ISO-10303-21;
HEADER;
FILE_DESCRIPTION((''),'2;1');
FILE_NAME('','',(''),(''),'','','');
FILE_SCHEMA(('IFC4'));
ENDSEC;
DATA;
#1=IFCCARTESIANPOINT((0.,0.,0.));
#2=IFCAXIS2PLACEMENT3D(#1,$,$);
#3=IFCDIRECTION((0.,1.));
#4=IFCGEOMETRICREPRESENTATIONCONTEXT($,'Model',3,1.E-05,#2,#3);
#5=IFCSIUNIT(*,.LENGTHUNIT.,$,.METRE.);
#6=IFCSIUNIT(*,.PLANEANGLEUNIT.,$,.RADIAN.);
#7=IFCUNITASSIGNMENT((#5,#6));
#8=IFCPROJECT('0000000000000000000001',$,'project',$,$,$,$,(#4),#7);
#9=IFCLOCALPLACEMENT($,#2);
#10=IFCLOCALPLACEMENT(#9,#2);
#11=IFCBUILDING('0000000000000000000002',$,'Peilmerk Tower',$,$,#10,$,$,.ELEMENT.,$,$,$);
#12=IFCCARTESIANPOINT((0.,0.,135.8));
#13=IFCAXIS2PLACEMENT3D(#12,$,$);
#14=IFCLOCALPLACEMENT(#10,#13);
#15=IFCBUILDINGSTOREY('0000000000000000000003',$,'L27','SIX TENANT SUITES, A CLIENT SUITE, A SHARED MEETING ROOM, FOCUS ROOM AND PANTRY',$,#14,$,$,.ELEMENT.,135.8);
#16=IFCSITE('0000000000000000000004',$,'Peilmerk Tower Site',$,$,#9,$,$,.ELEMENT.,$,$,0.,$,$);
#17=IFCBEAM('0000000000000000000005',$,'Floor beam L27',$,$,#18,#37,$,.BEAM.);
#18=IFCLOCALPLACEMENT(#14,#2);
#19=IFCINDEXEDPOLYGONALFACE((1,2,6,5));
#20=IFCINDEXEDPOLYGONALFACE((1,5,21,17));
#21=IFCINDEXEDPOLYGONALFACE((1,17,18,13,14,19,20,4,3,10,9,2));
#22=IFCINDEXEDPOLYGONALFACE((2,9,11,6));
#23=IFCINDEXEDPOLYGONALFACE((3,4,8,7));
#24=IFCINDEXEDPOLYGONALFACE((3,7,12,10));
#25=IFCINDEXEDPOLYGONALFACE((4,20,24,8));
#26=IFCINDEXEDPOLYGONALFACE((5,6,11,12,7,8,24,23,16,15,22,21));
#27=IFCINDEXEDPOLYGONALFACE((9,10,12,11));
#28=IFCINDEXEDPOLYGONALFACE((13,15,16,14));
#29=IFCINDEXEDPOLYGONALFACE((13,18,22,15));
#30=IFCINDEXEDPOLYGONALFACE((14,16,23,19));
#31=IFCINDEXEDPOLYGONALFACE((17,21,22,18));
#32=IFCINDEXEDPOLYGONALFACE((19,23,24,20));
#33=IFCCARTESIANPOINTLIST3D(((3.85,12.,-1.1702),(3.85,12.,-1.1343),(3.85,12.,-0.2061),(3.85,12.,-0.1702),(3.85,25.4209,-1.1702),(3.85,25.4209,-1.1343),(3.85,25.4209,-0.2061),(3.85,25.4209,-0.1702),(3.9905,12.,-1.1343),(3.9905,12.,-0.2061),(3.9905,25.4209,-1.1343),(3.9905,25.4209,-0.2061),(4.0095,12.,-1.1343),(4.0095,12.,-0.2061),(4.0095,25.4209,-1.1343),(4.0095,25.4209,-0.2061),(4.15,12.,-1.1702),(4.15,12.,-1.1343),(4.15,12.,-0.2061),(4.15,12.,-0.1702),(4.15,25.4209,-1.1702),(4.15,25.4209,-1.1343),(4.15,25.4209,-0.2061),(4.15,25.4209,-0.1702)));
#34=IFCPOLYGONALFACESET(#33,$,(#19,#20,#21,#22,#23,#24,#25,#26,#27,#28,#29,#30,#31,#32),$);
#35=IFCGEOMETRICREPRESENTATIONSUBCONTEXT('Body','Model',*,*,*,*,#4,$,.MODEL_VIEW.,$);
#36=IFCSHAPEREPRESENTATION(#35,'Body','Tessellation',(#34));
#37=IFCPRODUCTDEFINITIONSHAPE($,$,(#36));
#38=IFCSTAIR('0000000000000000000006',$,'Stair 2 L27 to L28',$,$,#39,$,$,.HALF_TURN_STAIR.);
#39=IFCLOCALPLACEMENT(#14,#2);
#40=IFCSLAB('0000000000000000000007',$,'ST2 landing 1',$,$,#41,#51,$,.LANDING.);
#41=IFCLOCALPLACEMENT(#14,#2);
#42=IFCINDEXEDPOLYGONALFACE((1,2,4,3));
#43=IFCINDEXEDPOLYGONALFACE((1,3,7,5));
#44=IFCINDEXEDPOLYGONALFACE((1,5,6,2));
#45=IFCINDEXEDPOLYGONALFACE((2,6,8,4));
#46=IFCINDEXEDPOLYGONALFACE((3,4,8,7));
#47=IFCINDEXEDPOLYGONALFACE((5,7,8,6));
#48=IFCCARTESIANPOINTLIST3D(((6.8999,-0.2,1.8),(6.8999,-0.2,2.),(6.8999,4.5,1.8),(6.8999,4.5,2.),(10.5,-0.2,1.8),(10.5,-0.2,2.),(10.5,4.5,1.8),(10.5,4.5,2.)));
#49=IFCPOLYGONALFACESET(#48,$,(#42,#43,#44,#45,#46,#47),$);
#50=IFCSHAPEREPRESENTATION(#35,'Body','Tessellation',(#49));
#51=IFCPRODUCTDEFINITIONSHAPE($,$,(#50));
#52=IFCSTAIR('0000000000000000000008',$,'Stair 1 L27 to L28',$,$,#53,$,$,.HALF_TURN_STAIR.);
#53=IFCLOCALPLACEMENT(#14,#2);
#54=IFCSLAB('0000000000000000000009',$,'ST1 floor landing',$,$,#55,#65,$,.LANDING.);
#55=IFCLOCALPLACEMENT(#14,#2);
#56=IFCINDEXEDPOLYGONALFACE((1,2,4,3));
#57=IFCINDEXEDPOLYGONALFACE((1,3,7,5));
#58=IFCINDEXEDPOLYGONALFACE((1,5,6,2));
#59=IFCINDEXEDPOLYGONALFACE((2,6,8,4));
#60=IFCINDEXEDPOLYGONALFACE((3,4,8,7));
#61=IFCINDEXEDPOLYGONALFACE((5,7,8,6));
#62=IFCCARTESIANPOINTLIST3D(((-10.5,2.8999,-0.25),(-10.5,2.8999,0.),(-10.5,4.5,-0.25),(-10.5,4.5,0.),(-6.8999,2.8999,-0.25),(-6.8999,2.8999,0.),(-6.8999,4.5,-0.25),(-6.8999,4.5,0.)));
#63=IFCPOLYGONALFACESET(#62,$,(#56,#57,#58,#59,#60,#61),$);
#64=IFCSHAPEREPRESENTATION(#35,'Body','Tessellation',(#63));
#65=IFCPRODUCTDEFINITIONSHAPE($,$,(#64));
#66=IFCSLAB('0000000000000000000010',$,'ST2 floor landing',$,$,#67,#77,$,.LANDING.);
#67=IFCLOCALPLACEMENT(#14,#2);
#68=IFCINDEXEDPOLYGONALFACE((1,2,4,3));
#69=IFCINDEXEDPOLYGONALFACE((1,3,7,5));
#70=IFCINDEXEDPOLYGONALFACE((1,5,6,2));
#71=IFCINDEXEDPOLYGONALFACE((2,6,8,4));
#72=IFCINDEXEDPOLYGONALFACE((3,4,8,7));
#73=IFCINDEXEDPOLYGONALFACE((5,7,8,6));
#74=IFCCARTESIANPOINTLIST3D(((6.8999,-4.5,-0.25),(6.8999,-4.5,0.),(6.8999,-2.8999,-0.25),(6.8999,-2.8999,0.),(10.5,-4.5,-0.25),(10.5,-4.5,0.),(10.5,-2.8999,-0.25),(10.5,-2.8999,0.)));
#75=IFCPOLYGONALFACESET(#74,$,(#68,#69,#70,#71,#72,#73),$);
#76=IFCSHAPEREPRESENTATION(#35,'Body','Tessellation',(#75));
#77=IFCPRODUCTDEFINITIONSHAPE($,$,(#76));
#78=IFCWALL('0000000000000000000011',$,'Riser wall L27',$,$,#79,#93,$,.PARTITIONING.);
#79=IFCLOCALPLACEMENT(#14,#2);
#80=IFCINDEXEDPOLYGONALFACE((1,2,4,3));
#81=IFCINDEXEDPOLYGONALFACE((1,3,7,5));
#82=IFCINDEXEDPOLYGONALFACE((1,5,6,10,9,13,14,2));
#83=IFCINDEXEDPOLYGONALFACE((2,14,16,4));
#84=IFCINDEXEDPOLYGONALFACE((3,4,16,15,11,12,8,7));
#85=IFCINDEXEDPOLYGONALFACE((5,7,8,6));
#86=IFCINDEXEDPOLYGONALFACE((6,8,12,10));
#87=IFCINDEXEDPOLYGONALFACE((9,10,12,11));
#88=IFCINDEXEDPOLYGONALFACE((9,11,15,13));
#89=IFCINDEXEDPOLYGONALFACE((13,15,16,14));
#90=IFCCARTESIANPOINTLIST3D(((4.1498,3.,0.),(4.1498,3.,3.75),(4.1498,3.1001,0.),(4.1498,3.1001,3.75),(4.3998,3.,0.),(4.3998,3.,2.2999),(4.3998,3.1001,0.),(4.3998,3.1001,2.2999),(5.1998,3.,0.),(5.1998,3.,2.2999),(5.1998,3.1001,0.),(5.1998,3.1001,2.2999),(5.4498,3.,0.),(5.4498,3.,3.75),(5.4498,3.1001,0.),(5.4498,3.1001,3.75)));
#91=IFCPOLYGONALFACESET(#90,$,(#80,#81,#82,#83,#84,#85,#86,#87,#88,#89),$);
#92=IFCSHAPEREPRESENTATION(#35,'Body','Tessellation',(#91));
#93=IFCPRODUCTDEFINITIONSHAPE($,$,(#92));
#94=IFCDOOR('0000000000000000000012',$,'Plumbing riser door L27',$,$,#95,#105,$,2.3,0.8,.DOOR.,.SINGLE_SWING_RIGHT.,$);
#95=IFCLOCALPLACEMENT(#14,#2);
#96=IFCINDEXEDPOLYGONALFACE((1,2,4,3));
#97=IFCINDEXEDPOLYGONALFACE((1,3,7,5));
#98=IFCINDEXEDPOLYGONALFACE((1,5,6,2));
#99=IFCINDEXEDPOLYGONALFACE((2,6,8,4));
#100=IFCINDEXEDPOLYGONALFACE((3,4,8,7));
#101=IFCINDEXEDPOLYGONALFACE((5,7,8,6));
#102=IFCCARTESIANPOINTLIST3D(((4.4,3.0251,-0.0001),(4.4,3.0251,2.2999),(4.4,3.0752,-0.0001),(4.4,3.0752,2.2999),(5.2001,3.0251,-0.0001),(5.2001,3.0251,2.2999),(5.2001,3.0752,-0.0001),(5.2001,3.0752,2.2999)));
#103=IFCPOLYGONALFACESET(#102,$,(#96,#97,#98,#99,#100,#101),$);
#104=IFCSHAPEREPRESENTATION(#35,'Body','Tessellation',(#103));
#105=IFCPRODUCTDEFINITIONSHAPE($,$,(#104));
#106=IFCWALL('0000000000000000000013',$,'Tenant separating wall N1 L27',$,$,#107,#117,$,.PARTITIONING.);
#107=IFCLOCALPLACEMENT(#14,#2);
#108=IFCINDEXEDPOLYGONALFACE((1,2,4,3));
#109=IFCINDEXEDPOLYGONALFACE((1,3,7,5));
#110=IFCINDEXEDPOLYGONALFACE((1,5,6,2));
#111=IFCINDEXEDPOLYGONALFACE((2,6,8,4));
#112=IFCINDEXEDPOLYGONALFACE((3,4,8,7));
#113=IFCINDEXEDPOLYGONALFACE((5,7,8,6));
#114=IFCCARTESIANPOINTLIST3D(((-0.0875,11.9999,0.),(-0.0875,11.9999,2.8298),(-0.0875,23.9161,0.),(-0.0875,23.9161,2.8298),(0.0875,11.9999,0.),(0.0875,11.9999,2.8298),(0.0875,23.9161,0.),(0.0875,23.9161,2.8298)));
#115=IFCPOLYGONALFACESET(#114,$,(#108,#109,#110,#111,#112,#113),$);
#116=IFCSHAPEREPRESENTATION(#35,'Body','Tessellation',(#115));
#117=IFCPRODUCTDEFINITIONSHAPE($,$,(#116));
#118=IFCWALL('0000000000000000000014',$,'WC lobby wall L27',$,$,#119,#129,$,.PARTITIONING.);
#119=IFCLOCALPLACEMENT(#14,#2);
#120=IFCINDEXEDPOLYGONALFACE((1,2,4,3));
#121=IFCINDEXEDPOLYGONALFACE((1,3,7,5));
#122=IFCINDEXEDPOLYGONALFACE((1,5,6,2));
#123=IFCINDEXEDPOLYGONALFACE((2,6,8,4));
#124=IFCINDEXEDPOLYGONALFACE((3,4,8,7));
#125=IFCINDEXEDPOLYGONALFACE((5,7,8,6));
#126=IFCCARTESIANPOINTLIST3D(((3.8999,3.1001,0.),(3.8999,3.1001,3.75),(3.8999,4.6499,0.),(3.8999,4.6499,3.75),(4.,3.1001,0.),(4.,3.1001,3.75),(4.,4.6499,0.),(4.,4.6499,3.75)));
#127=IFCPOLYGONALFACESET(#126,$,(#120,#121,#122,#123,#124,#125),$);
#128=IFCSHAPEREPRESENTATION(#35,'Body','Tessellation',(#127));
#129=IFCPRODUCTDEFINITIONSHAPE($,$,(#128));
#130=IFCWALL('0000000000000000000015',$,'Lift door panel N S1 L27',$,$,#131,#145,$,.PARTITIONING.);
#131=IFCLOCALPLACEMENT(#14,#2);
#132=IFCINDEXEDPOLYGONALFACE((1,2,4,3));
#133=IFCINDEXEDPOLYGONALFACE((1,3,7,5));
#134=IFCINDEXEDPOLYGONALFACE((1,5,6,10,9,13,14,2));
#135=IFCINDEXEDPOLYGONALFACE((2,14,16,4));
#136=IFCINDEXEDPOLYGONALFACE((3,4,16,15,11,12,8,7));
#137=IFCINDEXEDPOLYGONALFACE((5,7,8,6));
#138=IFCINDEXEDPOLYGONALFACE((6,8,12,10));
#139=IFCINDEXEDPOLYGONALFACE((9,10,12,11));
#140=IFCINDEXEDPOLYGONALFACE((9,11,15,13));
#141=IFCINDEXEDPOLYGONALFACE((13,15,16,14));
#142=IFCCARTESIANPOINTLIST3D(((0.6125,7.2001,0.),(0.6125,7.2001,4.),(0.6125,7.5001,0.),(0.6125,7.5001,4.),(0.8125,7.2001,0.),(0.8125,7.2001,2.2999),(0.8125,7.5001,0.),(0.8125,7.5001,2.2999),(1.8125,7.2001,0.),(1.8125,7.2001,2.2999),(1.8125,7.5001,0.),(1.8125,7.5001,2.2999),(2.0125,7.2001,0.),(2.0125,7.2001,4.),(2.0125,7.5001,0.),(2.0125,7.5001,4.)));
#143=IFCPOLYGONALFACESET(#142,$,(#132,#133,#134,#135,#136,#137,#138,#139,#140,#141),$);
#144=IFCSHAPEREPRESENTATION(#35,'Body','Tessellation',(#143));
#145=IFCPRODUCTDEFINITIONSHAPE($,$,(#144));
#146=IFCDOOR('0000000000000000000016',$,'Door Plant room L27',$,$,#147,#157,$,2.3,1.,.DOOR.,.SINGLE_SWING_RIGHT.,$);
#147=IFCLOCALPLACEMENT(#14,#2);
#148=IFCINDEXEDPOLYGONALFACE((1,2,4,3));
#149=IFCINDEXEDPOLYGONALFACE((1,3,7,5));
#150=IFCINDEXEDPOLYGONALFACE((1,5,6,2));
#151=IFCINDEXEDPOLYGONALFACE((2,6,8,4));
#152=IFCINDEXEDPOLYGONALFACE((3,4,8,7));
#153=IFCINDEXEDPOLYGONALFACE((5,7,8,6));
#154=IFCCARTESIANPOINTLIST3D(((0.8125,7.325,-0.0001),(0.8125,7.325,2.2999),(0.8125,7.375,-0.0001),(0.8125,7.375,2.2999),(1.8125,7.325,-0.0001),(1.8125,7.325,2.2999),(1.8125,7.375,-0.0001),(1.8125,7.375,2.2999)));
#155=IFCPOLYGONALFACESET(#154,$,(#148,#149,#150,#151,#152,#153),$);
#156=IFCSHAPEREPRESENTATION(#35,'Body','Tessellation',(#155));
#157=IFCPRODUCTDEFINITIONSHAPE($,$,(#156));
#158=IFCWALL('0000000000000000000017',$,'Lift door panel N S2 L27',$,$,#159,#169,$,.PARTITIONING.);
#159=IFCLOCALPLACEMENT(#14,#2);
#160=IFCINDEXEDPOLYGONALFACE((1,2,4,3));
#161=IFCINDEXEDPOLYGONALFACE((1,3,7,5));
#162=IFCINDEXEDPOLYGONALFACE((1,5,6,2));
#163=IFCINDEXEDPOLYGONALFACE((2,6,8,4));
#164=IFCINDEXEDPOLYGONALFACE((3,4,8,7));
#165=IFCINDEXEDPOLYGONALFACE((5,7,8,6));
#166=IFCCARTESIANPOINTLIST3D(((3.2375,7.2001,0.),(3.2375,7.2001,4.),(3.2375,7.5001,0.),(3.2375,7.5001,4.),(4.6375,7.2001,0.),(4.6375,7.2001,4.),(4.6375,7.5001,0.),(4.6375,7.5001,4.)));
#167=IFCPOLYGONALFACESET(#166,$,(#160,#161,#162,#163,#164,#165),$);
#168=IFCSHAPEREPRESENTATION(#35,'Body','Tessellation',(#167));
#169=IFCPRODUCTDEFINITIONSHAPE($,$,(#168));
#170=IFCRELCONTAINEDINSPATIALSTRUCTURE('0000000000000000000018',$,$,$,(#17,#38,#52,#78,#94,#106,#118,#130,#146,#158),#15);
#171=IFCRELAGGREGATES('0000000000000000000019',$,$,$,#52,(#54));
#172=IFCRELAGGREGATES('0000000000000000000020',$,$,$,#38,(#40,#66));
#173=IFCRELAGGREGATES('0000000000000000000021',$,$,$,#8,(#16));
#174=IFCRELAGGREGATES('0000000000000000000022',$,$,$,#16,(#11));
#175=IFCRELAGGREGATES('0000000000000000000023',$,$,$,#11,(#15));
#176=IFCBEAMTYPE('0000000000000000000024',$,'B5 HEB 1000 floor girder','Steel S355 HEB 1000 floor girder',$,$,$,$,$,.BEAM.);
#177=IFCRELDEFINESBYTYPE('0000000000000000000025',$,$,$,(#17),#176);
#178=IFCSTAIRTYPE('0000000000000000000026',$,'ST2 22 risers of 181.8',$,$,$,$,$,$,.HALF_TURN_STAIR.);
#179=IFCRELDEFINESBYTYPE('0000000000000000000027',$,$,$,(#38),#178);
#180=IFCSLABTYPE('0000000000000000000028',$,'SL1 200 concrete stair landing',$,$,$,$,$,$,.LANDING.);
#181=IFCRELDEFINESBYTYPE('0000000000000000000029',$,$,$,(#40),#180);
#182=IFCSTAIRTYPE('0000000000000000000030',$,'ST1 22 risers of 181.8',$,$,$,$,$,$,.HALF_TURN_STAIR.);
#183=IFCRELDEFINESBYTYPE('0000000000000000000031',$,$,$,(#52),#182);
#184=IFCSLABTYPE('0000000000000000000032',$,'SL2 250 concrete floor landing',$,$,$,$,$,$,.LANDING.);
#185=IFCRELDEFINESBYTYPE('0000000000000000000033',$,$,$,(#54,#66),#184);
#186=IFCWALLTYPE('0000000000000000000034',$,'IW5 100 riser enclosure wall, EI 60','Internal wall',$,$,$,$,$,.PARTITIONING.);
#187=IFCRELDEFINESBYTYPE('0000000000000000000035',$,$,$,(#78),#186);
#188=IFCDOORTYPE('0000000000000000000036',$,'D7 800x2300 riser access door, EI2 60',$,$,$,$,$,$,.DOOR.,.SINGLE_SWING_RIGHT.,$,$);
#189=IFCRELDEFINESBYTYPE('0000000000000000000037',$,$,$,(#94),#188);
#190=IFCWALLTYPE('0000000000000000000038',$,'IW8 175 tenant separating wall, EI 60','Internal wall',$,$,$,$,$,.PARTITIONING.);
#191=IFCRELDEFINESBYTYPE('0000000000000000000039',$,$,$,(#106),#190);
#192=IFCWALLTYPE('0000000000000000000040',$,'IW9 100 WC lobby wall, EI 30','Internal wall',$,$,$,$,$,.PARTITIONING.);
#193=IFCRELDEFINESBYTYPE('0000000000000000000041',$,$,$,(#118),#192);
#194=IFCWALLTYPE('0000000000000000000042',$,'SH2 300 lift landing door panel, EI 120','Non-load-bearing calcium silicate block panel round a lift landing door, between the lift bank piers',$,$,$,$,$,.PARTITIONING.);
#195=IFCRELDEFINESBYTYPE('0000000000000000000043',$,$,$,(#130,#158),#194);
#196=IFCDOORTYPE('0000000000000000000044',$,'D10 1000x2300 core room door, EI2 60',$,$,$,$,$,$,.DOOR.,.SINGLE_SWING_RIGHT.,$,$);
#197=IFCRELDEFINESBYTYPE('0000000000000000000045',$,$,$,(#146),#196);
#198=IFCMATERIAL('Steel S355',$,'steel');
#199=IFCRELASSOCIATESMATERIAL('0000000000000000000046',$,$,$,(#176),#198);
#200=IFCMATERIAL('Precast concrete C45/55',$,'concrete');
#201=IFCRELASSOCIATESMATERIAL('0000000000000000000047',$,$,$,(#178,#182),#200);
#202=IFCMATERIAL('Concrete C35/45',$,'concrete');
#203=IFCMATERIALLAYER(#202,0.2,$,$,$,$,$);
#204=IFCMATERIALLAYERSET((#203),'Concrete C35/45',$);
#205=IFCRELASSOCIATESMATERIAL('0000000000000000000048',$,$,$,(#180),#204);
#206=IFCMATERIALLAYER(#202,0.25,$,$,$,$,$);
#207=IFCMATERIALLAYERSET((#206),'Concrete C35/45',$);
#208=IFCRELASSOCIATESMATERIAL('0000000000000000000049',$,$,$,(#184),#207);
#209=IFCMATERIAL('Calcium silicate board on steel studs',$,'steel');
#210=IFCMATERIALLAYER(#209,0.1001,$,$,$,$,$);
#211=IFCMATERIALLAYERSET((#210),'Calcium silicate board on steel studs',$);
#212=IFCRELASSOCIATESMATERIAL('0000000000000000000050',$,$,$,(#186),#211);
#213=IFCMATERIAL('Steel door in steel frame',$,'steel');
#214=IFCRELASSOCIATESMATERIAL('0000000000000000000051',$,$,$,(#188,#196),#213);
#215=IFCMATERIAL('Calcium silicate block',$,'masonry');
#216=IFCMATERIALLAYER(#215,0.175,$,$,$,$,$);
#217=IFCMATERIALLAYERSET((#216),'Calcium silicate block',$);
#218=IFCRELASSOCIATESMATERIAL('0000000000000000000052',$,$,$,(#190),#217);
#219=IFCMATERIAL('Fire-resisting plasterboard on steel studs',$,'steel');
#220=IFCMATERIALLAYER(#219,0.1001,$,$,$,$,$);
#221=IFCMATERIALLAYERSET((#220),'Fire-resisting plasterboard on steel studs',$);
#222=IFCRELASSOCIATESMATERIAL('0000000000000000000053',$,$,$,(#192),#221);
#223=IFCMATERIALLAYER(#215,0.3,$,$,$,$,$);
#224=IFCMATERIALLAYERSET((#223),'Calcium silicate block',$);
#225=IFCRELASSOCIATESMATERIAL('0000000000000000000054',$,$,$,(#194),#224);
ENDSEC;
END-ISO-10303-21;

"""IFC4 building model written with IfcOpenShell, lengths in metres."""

from ifc_helpers import new_model, si_unit, direction, frame, frame_2d, origin, origin_2d, place, context, subcontext, project, spatial, polyline, rectangle, i_section, outline, extrude, material, layer, layer_set, material_profile, profile_set, type_object, element, fill, aggregate, save


model = new_model("IFC4")

# Units and contexts
model_context = context("Model", 3, precision=1e-05, world=origin(), true_north=direction((0.0, 1.0)))
body_context = subcontext(model_context, "Body", "Model", "MODEL_VIEW")
ifc_project = project(units=[si_unit("LENGTHUNIT", "METRE"), si_unit("PLANEANGLEUNIT", "RADIAN")], contexts=[model_context])

# Site, building, storey
site_placement = place(None, origin())
site = spatial("IfcSite", under=ifc_project, at=site_placement, Name="Peilmerk Tower Site", CompositionType="ELEMENT", RefElevation=0.0)
building_placement = place(site_placement, origin())
building = spatial("IfcBuilding", under=site, at=building_placement, Name="Peilmerk Tower", CompositionType="ELEMENT")
storey_placement = place(building_placement, frame((0.0, 0.0, 135.8)))
storey = spatial("IfcBuildingStorey", under=building, at=storey_placement, Name="L27", Description="SIX TENANT SUITES, A CLIENT SUITE, A SHARED MEETING ROOM, FOCUS ROOM AND PANTRY", CompositionType="ELEMENT", Elevation=135.8)

# Beam
ifc_material_1 = material(Name="Steel S355", Category="steel")
ifc_material_profile = material_profile(ifc_material_1, i_section(OverallWidth=0.3, OverallDepth=1.0, WebThickness=0.019, FlangeThickness=0.0359, at=origin_2d()), Name="HEB 1000")
ifc_profile_set = profile_set([ifc_material_profile], Name="Steel S355")
beam_type = type_object("IfcBeamType", Name="B5 HEB 1000 floor girder", Description="Steel S355 HEB 1000 floor girder", PredefinedType="BEAM", material=ifc_profile_set)
beam_placement = place(storey_placement, frame((4.0, 12.0, -0.6702), z_axis=(0.0, 1.0, 0.0), x_axis=(-1.0, 0.0, 0.0)))
element("IfcBeam", 1, at=beam_placement, inside=storey, type_object=beam_type, Name="Floor beam L27", PredefinedType="BEAM", context=body_context, shape_type="SweptSolid", body=[
    extrude(i_section(OverallWidth=0.3, OverallDepth=1.0, WebThickness=0.019, FlangeThickness=0.0359, at=origin_2d()), origin(), (0.0, 0.0, 1.0), 13.4209),
])

# Stairs, slabs
ifc_material_2 = material(Name="Precast concrete C45/55", Category="concrete")
stair_type_1 = type_object("IfcStairType", Name="ST2 22 risers of 181.8", PredefinedType="HALF_TURN_STAIR", material=ifc_material_2)
stair_1_placement = place(storey_placement, origin())
stair_1 = element("IfcStair", 2, at=stair_1_placement, inside=storey, type_object=stair_type_1, Name="Stair 2 L27 to L28", PredefinedType="HALF_TURN_STAIR")
ifc_material_3 = material(Name="Concrete C35/45", Category="concrete")
ifc_layer_1 = layer(ifc_material_3, 0.2)
ifc_layer_set_1 = layer_set([ifc_layer_1], Name="Concrete C35/45")
slab_type_1 = type_object("IfcSlabType", Name="SL1 200 concrete stair landing", PredefinedType="LANDING", material=ifc_layer_set_1)
slab_1_placement = place(storey_placement, frame((0.0, 0.0, 1.8)))
slab_1 = element("IfcSlab", 3, at=slab_1_placement, type_object=slab_type_1, Name="ST2 landing 1", PredefinedType="LANDING", context=body_context, shape_type="SweptSolid", body=[
    extrude(outline(polyline([(6.8999, -0.2), (10.5, -0.2), (10.5, 4.5), (6.8999, 4.5), (6.8999, -0.2)])), origin(), (0.0, 0.0, 1.0), 0.2),
])
stair_type_2 = type_object("IfcStairType", Name="ST1 22 risers of 181.8", PredefinedType="HALF_TURN_STAIR", material=ifc_material_2)
stair_2_placement = place(storey_placement, origin())
stair_2 = element("IfcStair", 4, at=stair_2_placement, inside=storey, type_object=stair_type_2, Name="Stair 1 L27 to L28", PredefinedType="HALF_TURN_STAIR")
ifc_layer_2 = layer(ifc_material_3, 0.25)
ifc_layer_set_2 = layer_set([ifc_layer_2], Name="Concrete C35/45")
slab_type_2 = type_object("IfcSlabType", Name="SL2 250 concrete floor landing", PredefinedType="LANDING", material=ifc_layer_set_2)
slab_2_placement = place(storey_placement, frame((0.0, 0.0, -0.25)))
slab_2 = element("IfcSlab", 5, at=slab_2_placement, type_object=slab_type_2, Name="ST1 floor landing", PredefinedType="LANDING", context=body_context, shape_type="SweptSolid", body=[
    extrude(outline(polyline([(-10.5, 2.8999), (-6.8999, 2.8999), (-6.8999, 4.5), (-10.5, 4.5), (-10.5, 2.8999)])), origin(), (0.0, 0.0, 1.0), 0.25),
])
aggregate(stair_2, [slab_2])

# Slab
slab_3_placement = place(storey_placement, frame((0.0, 0.0, -0.25)))
slab_3 = element("IfcSlab", 6, at=slab_3_placement, type_object=slab_type_2, Name="ST2 floor landing", PredefinedType="LANDING", context=body_context, shape_type="SweptSolid", body=[
    extrude(outline(polyline([(6.8999, -4.5), (10.5, -4.5), (10.5, -2.8999), (6.8999, -2.8999), (6.8999, -4.5)])), origin(), (0.0, 0.0, 1.0), 0.25),
])
aggregate(stair_1, [slab_1, slab_3])

# Wall, opening, door
ifc_material_4 = material(Name="Calcium silicate board on steel studs", Category="steel")
ifc_layer_3 = layer(ifc_material_4, 0.1001)
ifc_layer_set_3 = layer_set([ifc_layer_3], Name="Calcium silicate board on steel studs")
wall_type_1 = type_object("IfcWallType", Name="IW5 100 riser enclosure wall, EI 60", Description="Internal wall", PredefinedType="PARTITIONING", material=ifc_layer_set_3)
wall_1_placement = place(storey_placement, frame((4.1499, 3.05, 0.0), z_axis=(0.0, 0.0, 1.0), x_axis=(1.0, 0.0, 0.0)))
wall_1 = element("IfcWall", 7, at=wall_1_placement, inside=storey, type_object=wall_type_1, Name="Riser wall L27", PredefinedType="PARTITIONING", context=body_context, shape_type="SweptSolid", body=[
    extrude(rectangle(XDim=1.3, YDim=0.1001, at=frame_2d((0.6499, 0.0))), origin(), (0.0, 0.0, 1.0), 3.75),
])
opening_1_placement = place(wall_1_placement, frame((0.25, 0.0, 0.0)))
opening_1 = element("IfcOpeningElement", 8, at=opening_1_placement, cuts=wall_1, PredefinedType="OPENING", context=body_context, shape_type="SweptSolid", body=[
    extrude(rectangle(XDim=0.8, YDim=2.3, at=frame_2d((0.3999, 1.1499))), frame((0.0, 0.0601, 0.0), z_axis=(0.0, -1.0, 0.0), x_axis=(1.0, 0.0, 0.0)), (0.0, 0.0, 1.0), 0.1201),
])
ifc_material_5 = material(Name="Steel door in steel frame", Category="steel")
door_type_1 = type_object("IfcDoorType", Name="D7 800x2300 riser access door, EI2 60", OperationType="SINGLE_SWING_RIGHT", PredefinedType="DOOR", material=ifc_material_5)
door_1_placement = place(opening_1_placement, frame((0.8, 0.0, 0.0), z_axis=(0.0, 0.0, 1.0), x_axis=(-1.0, 0.0, 0.0)))
door_1 = element("IfcDoor", 9, at=door_1_placement, inside=storey, type_object=door_type_1, Name="Plumbing riser door L27", OperationType="SINGLE_SWING_RIGHT", OverallHeight=2.3, OverallWidth=0.8, PredefinedType="DOOR", context=body_context, shape_type="SweptSolid", body=[
    extrude(rectangle(XDim=0.8, YDim=2.3, at=frame_2d((0.3999, 1.1499))), frame((0.0, 0.0249, 0.0), z_axis=(0.0, -1.0, 0.0), x_axis=(1.0, 0.0, 0.0)), (0.0, 0.0, 1.0), 0.05),
])
fill(opening_1, door_1)

# Walls
ifc_material_6 = material(Name="Calcium silicate block", Category="masonry")
ifc_layer_4 = layer(ifc_material_6, 0.175)
ifc_layer_set_4 = layer_set([ifc_layer_4], Name="Calcium silicate block")
wall_type_2 = type_object("IfcWallType", Name="IW8 175 tenant separating wall, EI 60", Description="Internal wall", PredefinedType="PARTITIONING", material=ifc_layer_set_4)
wall_2_placement = place(storey_placement, frame((0.0, 12.0, 0.0), z_axis=(0.0, 0.0, 1.0), x_axis=(0.0, 1.0, 0.0)))
element("IfcWall", 10, at=wall_2_placement, inside=storey, type_object=wall_type_2, Name="Tenant separating wall N1 L27", PredefinedType="PARTITIONING", context=body_context, shape_type="SweptSolid", body=[
    extrude(rectangle(XDim=11.9163, YDim=0.175, at=frame_2d((5.958, 0.0))), origin(), (0.0, 0.0, 1.0), 2.8298),
])
ifc_material_7 = material(Name="Fire-resisting plasterboard on steel studs", Category="steel")
ifc_layer_5 = layer(ifc_material_7, 0.1001)
ifc_layer_set_5 = layer_set([ifc_layer_5], Name="Fire-resisting plasterboard on steel studs")
wall_type_3 = type_object("IfcWallType", Name="IW9 100 WC lobby wall, EI 30", Description="Internal wall", PredefinedType="PARTITIONING", material=ifc_layer_set_5)
wall_3_placement = place(storey_placement, frame((3.95, 3.1001, 0.0), z_axis=(0.0, 0.0, 1.0), x_axis=(0.0, 1.0, 0.0)))
element("IfcWall", 11, at=wall_3_placement, inside=storey, type_object=wall_type_3, Name="WC lobby wall L27", PredefinedType="PARTITIONING", context=body_context, shape_type="SweptSolid", body=[
    extrude(rectangle(XDim=1.5498, YDim=0.1001, at=frame_2d((0.7749, 0.0))), origin(), (0.0, 0.0, 1.0), 3.75),
])

# Wall, opening, door
ifc_layer_6 = layer(ifc_material_6, 0.3)
ifc_layer_set_6 = layer_set([ifc_layer_6], Name="Calcium silicate block")
wall_type_4 = type_object("IfcWallType", Name="SH2 300 lift landing door panel, EI 120", Description="Non-load-bearing calcium silicate block panel round a lift landing door, between the lift bank piers", PredefinedType="PARTITIONING", material=ifc_layer_set_6)
wall_4_placement = place(storey_placement, frame((0.6125, 7.3501, 0.0), z_axis=(0.0, 0.0, 1.0), x_axis=(1.0, 0.0, 0.0)))
wall_4 = element("IfcWall", 12, at=wall_4_placement, inside=storey, type_object=wall_type_4, Name="Lift door panel N S1 L27", PredefinedType="PARTITIONING", context=body_context, shape_type="SweptSolid", body=[
    extrude(rectangle(XDim=1.3999, YDim=0.3, at=frame_2d((0.7, 0.0))), origin(), (0.0, 0.0, 1.0), 4.0),
])
opening_2_placement = place(wall_4_placement, frame((0.2, 0.0, 0.0)))
opening_2 = element("IfcOpeningElement", 13, at=opening_2_placement, cuts=wall_4, PredefinedType="OPENING", context=body_context, shape_type="SweptSolid", body=[
    extrude(rectangle(XDim=1.0, YDim=2.3, at=frame_2d((0.5, 1.1499))), frame((0.0, 0.1599, 0.0), z_axis=(0.0, -1.0, 0.0), x_axis=(1.0, 0.0, 0.0)), (0.0, 0.0, 1.0), 0.3201),
])
door_type_2 = type_object("IfcDoorType", Name="D10 1000x2300 core room door, EI2 60", OperationType="SINGLE_SWING_RIGHT", PredefinedType="DOOR", material=ifc_material_5)
door_2_placement = place(opening_2_placement, origin())
door_2 = element("IfcDoor", 14, at=door_2_placement, inside=storey, type_object=door_type_2, Name="Door Plant room L27", OperationType="SINGLE_SWING_RIGHT", OverallHeight=2.3, OverallWidth=1.0, PredefinedType="DOOR", context=body_context, shape_type="SweptSolid", body=[
    extrude(rectangle(XDim=1.0, YDim=2.3, at=frame_2d((0.5, 1.1499))), frame((0.0, 0.0249, 0.0), z_axis=(0.0, -1.0, 0.0), x_axis=(1.0, 0.0, 0.0)), (0.0, 0.0, 1.0), 0.05),
])
fill(opening_2, door_2)

# Wall
wall_5_placement = place(storey_placement, frame((3.2375, 7.3501, 0.0), z_axis=(0.0, 0.0, 1.0), x_axis=(1.0, 0.0, 0.0)))
element("IfcWall", 15, at=wall_5_placement, inside=storey, type_object=wall_type_4, Name="Lift door panel N S2 L27", PredefinedType="PARTITIONING", context=body_context, shape_type="SweptSolid", body=[
    extrude(rectangle(XDim=1.3999, YDim=0.3, at=frame_2d((0.7, 0.0))), origin(), (0.0, 0.0, 1.0), 4.0),
])

save(model, "model.ifc")
